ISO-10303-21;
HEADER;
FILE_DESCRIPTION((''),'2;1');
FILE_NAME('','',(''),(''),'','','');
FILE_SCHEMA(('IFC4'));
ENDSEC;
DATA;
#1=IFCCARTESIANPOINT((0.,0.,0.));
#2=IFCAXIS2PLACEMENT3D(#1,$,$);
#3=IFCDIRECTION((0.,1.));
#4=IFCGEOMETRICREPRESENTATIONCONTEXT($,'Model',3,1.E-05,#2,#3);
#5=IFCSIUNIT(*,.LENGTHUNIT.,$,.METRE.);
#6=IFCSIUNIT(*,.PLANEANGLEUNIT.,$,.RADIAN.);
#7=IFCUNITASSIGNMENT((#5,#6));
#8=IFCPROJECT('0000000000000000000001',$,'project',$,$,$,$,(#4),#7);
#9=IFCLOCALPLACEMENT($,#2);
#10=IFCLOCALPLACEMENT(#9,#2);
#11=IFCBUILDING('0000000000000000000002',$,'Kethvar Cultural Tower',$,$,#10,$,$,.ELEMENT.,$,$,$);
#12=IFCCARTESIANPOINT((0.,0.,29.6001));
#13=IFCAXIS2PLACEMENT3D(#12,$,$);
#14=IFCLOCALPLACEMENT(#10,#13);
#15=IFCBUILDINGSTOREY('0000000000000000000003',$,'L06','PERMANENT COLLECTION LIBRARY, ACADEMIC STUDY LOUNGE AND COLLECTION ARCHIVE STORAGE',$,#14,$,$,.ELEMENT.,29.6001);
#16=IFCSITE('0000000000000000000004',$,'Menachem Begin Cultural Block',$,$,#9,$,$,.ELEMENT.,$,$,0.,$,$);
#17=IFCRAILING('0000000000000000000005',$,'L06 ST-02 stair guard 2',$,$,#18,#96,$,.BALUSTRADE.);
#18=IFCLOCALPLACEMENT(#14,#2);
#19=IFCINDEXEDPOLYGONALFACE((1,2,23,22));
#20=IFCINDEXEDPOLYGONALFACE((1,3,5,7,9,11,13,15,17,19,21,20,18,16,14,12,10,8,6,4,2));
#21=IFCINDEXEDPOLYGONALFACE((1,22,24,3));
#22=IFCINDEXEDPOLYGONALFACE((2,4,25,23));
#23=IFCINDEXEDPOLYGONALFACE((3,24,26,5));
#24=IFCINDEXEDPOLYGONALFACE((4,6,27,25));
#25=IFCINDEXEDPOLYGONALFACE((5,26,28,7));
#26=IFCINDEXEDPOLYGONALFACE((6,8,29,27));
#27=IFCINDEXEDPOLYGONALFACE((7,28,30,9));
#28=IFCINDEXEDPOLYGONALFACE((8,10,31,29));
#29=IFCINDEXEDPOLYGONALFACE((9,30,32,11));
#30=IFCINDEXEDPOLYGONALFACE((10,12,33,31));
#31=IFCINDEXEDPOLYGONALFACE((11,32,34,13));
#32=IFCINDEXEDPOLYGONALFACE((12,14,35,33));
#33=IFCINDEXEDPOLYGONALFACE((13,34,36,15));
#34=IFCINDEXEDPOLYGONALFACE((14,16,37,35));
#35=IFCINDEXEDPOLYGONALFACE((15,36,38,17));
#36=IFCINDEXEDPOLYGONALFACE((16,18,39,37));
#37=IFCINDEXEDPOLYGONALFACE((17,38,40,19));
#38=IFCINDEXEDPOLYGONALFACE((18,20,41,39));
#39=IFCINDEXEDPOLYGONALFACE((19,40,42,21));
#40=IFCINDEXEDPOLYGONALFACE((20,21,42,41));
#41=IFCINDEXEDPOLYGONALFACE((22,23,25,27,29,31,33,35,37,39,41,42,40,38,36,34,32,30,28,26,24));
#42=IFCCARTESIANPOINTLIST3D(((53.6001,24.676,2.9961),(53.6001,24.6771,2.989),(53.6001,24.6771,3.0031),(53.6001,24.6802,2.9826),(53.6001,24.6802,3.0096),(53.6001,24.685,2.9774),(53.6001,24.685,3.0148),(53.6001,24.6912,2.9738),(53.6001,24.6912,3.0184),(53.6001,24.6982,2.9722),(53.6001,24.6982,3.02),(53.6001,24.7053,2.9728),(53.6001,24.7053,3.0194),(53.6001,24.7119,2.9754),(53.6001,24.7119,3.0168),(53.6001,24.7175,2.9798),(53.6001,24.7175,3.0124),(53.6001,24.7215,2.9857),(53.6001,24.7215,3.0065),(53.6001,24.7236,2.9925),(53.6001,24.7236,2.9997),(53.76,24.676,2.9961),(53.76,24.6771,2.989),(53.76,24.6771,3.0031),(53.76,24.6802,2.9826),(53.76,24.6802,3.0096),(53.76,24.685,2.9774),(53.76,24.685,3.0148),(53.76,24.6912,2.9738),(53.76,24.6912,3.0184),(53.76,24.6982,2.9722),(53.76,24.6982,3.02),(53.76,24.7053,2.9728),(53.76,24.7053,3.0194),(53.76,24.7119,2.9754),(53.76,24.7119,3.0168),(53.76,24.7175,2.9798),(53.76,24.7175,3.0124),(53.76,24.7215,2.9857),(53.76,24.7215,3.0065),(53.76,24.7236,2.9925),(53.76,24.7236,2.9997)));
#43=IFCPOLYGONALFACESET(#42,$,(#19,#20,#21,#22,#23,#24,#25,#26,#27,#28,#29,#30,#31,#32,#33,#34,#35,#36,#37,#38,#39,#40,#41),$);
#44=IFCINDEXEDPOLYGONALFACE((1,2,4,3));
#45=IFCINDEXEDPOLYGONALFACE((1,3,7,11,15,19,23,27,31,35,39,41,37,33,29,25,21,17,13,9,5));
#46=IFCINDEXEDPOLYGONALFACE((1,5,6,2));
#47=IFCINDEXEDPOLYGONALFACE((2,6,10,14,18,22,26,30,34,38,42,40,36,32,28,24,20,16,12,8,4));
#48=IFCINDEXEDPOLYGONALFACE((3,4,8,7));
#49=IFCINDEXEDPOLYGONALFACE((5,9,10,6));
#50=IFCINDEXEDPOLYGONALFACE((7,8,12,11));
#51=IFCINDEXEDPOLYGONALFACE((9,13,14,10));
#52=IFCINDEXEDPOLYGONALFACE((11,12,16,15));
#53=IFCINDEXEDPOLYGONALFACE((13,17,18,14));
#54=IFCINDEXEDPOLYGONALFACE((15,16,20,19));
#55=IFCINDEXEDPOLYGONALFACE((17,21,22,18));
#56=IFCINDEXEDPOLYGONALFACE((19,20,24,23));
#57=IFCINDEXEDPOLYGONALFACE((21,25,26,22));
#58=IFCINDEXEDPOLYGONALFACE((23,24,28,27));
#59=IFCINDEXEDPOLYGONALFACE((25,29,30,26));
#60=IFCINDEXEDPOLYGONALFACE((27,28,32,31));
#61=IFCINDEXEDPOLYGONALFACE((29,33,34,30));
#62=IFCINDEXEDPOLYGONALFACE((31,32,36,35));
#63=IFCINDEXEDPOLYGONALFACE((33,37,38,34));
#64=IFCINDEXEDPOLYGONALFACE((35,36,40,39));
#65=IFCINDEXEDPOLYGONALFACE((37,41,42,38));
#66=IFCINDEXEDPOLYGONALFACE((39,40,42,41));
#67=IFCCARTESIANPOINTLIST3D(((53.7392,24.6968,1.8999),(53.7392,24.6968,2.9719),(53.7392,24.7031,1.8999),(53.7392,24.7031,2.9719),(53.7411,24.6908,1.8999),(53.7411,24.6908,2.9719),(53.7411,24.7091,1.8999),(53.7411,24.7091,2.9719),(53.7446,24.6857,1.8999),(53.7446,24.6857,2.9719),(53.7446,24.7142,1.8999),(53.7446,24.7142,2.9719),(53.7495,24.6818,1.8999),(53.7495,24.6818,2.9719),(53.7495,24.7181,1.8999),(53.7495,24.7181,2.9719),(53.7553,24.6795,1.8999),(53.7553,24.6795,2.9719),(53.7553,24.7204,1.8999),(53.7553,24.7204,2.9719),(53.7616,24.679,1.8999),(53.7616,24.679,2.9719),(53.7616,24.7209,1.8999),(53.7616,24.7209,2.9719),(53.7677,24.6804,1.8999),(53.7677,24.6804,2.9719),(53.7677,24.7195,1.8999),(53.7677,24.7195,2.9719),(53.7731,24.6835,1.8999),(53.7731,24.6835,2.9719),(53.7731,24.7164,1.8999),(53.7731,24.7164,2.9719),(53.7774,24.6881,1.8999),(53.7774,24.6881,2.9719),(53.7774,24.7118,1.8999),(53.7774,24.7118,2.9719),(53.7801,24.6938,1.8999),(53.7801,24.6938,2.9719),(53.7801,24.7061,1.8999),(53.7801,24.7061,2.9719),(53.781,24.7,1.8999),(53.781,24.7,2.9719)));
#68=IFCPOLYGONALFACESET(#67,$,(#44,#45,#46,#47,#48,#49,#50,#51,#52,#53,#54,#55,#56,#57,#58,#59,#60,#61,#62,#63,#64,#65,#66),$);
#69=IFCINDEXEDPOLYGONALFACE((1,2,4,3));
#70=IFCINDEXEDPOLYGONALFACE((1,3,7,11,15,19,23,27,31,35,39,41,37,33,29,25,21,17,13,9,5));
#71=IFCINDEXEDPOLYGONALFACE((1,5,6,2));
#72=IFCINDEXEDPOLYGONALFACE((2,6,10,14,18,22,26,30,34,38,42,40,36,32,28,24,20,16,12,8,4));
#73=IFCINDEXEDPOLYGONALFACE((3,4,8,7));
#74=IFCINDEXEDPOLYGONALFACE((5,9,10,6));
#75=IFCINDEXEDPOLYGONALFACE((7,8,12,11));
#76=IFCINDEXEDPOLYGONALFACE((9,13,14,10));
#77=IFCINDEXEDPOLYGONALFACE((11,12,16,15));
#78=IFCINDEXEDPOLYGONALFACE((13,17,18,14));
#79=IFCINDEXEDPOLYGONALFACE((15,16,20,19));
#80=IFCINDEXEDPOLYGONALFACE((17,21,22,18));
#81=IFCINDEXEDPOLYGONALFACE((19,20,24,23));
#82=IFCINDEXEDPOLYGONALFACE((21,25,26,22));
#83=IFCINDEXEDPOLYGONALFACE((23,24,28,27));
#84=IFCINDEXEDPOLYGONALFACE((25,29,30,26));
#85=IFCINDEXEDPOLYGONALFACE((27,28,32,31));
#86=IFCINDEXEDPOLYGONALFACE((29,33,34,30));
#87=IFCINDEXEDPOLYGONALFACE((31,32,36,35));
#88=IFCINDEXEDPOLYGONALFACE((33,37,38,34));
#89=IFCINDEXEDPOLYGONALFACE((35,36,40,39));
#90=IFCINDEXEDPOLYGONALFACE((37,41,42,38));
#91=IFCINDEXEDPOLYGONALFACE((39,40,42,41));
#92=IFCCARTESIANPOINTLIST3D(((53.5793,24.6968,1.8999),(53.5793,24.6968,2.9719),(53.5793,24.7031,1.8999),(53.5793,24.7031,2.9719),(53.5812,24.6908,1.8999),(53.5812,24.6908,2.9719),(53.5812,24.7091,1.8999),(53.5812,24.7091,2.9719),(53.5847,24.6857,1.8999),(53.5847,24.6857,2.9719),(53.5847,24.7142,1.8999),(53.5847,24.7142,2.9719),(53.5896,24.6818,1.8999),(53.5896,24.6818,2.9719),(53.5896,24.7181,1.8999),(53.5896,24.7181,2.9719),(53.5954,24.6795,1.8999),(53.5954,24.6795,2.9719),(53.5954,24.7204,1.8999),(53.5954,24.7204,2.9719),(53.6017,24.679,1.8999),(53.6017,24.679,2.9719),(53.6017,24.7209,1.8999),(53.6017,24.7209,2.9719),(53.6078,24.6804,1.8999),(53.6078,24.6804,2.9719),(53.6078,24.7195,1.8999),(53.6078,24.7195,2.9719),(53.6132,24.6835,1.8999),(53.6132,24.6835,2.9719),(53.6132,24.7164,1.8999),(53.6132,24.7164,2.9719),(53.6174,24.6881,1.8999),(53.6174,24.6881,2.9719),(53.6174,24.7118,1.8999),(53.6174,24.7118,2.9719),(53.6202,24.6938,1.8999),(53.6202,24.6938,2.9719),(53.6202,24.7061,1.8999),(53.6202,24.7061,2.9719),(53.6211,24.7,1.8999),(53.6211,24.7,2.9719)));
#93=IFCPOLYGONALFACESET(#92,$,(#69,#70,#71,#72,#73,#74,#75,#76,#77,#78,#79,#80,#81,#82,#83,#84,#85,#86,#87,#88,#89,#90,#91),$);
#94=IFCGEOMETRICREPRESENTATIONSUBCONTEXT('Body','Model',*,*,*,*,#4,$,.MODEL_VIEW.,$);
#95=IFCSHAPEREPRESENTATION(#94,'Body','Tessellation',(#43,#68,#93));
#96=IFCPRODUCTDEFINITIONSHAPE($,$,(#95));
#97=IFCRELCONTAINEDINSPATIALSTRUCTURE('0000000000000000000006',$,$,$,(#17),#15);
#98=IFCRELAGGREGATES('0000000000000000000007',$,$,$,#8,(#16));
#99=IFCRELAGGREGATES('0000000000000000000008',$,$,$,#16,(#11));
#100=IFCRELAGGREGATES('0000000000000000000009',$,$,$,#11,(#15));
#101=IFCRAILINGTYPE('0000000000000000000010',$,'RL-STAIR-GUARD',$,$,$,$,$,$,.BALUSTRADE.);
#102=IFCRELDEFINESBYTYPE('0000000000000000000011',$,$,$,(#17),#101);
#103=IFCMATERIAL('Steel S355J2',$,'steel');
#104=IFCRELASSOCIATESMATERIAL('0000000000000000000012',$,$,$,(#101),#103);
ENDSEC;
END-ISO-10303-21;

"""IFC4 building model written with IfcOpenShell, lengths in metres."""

from ifc_helpers import new_model, si_unit, direction, frame, origin, origin_2d, place, context, subcontext, project, spatial, circle, extrude, material, type_object, element, save


model = new_model("IFC4")

# Units and contexts
model_context = context("Model", 3, precision=1e-05, world=origin(), true_north=direction((0.0, 1.0)))
body_context = subcontext(model_context, "Body", "Model", "MODEL_VIEW")
ifc_project = project(units=[si_unit("LENGTHUNIT", "METRE"), si_unit("PLANEANGLEUNIT", "RADIAN")], contexts=[model_context])

# Site, building, storey
site_placement = place(None, origin())
site = spatial("IfcSite", under=ifc_project, at=site_placement, Name="Menachem Begin Cultural Block", CompositionType="ELEMENT", RefElevation=0.0)
building_placement = place(site_placement, origin())
building = spatial("IfcBuilding", under=site, at=building_placement, Name="Kethvar Cultural Tower", CompositionType="ELEMENT")
storey_placement = place(building_placement, frame((0.0, 0.0, 29.6001)))
storey = spatial("IfcBuildingStorey", under=building, at=storey_placement, Name="L06", Description="PERMANENT COLLECTION LIBRARY, ACADEMIC STUDY LOUNGE AND COLLECTION ARCHIVE STORAGE", CompositionType="ELEMENT", Elevation=29.6001)

# Shared definitions
ifc_material_1 = material(Name="Steel S355J2", Category="steel")

# Railing
railing_type_1 = type_object("IfcRailingType", Name="RL-STAIR-GUARD", PredefinedType="BALUSTRADE", material=ifc_material_1)
railing_1_placement = place(storey_placement, frame((53.76, 24.7, 1.8999)))
element("IfcRailing", 1, at=railing_1_placement, inside=storey, type_object=railing_type_1, Name="L06 ST-02 stair guard 2", PredefinedType="BALUSTRADE", context=body_context, shape_type="SweptSolid", body=[
    extrude(circle(Radius=0.0239, at=origin_2d()), frame((0.0, 0.0, 1.0962), z_axis=(-1.0, 0.0, 0.0), x_axis=(0.0, -1.0, 0.0)), (0.0, 0.0, 1.0), 0.1599),
    extrude(circle(Radius=0.021, at=origin_2d()), origin(), (0.0, 0.0, 1.0), 1.072),
    extrude(circle(Radius=0.021, at=origin_2d()), frame((-0.1599, 0.0, 0.0)), (0.0, 0.0, 1.0), 1.072),
])

save(model, "model.ifc")
